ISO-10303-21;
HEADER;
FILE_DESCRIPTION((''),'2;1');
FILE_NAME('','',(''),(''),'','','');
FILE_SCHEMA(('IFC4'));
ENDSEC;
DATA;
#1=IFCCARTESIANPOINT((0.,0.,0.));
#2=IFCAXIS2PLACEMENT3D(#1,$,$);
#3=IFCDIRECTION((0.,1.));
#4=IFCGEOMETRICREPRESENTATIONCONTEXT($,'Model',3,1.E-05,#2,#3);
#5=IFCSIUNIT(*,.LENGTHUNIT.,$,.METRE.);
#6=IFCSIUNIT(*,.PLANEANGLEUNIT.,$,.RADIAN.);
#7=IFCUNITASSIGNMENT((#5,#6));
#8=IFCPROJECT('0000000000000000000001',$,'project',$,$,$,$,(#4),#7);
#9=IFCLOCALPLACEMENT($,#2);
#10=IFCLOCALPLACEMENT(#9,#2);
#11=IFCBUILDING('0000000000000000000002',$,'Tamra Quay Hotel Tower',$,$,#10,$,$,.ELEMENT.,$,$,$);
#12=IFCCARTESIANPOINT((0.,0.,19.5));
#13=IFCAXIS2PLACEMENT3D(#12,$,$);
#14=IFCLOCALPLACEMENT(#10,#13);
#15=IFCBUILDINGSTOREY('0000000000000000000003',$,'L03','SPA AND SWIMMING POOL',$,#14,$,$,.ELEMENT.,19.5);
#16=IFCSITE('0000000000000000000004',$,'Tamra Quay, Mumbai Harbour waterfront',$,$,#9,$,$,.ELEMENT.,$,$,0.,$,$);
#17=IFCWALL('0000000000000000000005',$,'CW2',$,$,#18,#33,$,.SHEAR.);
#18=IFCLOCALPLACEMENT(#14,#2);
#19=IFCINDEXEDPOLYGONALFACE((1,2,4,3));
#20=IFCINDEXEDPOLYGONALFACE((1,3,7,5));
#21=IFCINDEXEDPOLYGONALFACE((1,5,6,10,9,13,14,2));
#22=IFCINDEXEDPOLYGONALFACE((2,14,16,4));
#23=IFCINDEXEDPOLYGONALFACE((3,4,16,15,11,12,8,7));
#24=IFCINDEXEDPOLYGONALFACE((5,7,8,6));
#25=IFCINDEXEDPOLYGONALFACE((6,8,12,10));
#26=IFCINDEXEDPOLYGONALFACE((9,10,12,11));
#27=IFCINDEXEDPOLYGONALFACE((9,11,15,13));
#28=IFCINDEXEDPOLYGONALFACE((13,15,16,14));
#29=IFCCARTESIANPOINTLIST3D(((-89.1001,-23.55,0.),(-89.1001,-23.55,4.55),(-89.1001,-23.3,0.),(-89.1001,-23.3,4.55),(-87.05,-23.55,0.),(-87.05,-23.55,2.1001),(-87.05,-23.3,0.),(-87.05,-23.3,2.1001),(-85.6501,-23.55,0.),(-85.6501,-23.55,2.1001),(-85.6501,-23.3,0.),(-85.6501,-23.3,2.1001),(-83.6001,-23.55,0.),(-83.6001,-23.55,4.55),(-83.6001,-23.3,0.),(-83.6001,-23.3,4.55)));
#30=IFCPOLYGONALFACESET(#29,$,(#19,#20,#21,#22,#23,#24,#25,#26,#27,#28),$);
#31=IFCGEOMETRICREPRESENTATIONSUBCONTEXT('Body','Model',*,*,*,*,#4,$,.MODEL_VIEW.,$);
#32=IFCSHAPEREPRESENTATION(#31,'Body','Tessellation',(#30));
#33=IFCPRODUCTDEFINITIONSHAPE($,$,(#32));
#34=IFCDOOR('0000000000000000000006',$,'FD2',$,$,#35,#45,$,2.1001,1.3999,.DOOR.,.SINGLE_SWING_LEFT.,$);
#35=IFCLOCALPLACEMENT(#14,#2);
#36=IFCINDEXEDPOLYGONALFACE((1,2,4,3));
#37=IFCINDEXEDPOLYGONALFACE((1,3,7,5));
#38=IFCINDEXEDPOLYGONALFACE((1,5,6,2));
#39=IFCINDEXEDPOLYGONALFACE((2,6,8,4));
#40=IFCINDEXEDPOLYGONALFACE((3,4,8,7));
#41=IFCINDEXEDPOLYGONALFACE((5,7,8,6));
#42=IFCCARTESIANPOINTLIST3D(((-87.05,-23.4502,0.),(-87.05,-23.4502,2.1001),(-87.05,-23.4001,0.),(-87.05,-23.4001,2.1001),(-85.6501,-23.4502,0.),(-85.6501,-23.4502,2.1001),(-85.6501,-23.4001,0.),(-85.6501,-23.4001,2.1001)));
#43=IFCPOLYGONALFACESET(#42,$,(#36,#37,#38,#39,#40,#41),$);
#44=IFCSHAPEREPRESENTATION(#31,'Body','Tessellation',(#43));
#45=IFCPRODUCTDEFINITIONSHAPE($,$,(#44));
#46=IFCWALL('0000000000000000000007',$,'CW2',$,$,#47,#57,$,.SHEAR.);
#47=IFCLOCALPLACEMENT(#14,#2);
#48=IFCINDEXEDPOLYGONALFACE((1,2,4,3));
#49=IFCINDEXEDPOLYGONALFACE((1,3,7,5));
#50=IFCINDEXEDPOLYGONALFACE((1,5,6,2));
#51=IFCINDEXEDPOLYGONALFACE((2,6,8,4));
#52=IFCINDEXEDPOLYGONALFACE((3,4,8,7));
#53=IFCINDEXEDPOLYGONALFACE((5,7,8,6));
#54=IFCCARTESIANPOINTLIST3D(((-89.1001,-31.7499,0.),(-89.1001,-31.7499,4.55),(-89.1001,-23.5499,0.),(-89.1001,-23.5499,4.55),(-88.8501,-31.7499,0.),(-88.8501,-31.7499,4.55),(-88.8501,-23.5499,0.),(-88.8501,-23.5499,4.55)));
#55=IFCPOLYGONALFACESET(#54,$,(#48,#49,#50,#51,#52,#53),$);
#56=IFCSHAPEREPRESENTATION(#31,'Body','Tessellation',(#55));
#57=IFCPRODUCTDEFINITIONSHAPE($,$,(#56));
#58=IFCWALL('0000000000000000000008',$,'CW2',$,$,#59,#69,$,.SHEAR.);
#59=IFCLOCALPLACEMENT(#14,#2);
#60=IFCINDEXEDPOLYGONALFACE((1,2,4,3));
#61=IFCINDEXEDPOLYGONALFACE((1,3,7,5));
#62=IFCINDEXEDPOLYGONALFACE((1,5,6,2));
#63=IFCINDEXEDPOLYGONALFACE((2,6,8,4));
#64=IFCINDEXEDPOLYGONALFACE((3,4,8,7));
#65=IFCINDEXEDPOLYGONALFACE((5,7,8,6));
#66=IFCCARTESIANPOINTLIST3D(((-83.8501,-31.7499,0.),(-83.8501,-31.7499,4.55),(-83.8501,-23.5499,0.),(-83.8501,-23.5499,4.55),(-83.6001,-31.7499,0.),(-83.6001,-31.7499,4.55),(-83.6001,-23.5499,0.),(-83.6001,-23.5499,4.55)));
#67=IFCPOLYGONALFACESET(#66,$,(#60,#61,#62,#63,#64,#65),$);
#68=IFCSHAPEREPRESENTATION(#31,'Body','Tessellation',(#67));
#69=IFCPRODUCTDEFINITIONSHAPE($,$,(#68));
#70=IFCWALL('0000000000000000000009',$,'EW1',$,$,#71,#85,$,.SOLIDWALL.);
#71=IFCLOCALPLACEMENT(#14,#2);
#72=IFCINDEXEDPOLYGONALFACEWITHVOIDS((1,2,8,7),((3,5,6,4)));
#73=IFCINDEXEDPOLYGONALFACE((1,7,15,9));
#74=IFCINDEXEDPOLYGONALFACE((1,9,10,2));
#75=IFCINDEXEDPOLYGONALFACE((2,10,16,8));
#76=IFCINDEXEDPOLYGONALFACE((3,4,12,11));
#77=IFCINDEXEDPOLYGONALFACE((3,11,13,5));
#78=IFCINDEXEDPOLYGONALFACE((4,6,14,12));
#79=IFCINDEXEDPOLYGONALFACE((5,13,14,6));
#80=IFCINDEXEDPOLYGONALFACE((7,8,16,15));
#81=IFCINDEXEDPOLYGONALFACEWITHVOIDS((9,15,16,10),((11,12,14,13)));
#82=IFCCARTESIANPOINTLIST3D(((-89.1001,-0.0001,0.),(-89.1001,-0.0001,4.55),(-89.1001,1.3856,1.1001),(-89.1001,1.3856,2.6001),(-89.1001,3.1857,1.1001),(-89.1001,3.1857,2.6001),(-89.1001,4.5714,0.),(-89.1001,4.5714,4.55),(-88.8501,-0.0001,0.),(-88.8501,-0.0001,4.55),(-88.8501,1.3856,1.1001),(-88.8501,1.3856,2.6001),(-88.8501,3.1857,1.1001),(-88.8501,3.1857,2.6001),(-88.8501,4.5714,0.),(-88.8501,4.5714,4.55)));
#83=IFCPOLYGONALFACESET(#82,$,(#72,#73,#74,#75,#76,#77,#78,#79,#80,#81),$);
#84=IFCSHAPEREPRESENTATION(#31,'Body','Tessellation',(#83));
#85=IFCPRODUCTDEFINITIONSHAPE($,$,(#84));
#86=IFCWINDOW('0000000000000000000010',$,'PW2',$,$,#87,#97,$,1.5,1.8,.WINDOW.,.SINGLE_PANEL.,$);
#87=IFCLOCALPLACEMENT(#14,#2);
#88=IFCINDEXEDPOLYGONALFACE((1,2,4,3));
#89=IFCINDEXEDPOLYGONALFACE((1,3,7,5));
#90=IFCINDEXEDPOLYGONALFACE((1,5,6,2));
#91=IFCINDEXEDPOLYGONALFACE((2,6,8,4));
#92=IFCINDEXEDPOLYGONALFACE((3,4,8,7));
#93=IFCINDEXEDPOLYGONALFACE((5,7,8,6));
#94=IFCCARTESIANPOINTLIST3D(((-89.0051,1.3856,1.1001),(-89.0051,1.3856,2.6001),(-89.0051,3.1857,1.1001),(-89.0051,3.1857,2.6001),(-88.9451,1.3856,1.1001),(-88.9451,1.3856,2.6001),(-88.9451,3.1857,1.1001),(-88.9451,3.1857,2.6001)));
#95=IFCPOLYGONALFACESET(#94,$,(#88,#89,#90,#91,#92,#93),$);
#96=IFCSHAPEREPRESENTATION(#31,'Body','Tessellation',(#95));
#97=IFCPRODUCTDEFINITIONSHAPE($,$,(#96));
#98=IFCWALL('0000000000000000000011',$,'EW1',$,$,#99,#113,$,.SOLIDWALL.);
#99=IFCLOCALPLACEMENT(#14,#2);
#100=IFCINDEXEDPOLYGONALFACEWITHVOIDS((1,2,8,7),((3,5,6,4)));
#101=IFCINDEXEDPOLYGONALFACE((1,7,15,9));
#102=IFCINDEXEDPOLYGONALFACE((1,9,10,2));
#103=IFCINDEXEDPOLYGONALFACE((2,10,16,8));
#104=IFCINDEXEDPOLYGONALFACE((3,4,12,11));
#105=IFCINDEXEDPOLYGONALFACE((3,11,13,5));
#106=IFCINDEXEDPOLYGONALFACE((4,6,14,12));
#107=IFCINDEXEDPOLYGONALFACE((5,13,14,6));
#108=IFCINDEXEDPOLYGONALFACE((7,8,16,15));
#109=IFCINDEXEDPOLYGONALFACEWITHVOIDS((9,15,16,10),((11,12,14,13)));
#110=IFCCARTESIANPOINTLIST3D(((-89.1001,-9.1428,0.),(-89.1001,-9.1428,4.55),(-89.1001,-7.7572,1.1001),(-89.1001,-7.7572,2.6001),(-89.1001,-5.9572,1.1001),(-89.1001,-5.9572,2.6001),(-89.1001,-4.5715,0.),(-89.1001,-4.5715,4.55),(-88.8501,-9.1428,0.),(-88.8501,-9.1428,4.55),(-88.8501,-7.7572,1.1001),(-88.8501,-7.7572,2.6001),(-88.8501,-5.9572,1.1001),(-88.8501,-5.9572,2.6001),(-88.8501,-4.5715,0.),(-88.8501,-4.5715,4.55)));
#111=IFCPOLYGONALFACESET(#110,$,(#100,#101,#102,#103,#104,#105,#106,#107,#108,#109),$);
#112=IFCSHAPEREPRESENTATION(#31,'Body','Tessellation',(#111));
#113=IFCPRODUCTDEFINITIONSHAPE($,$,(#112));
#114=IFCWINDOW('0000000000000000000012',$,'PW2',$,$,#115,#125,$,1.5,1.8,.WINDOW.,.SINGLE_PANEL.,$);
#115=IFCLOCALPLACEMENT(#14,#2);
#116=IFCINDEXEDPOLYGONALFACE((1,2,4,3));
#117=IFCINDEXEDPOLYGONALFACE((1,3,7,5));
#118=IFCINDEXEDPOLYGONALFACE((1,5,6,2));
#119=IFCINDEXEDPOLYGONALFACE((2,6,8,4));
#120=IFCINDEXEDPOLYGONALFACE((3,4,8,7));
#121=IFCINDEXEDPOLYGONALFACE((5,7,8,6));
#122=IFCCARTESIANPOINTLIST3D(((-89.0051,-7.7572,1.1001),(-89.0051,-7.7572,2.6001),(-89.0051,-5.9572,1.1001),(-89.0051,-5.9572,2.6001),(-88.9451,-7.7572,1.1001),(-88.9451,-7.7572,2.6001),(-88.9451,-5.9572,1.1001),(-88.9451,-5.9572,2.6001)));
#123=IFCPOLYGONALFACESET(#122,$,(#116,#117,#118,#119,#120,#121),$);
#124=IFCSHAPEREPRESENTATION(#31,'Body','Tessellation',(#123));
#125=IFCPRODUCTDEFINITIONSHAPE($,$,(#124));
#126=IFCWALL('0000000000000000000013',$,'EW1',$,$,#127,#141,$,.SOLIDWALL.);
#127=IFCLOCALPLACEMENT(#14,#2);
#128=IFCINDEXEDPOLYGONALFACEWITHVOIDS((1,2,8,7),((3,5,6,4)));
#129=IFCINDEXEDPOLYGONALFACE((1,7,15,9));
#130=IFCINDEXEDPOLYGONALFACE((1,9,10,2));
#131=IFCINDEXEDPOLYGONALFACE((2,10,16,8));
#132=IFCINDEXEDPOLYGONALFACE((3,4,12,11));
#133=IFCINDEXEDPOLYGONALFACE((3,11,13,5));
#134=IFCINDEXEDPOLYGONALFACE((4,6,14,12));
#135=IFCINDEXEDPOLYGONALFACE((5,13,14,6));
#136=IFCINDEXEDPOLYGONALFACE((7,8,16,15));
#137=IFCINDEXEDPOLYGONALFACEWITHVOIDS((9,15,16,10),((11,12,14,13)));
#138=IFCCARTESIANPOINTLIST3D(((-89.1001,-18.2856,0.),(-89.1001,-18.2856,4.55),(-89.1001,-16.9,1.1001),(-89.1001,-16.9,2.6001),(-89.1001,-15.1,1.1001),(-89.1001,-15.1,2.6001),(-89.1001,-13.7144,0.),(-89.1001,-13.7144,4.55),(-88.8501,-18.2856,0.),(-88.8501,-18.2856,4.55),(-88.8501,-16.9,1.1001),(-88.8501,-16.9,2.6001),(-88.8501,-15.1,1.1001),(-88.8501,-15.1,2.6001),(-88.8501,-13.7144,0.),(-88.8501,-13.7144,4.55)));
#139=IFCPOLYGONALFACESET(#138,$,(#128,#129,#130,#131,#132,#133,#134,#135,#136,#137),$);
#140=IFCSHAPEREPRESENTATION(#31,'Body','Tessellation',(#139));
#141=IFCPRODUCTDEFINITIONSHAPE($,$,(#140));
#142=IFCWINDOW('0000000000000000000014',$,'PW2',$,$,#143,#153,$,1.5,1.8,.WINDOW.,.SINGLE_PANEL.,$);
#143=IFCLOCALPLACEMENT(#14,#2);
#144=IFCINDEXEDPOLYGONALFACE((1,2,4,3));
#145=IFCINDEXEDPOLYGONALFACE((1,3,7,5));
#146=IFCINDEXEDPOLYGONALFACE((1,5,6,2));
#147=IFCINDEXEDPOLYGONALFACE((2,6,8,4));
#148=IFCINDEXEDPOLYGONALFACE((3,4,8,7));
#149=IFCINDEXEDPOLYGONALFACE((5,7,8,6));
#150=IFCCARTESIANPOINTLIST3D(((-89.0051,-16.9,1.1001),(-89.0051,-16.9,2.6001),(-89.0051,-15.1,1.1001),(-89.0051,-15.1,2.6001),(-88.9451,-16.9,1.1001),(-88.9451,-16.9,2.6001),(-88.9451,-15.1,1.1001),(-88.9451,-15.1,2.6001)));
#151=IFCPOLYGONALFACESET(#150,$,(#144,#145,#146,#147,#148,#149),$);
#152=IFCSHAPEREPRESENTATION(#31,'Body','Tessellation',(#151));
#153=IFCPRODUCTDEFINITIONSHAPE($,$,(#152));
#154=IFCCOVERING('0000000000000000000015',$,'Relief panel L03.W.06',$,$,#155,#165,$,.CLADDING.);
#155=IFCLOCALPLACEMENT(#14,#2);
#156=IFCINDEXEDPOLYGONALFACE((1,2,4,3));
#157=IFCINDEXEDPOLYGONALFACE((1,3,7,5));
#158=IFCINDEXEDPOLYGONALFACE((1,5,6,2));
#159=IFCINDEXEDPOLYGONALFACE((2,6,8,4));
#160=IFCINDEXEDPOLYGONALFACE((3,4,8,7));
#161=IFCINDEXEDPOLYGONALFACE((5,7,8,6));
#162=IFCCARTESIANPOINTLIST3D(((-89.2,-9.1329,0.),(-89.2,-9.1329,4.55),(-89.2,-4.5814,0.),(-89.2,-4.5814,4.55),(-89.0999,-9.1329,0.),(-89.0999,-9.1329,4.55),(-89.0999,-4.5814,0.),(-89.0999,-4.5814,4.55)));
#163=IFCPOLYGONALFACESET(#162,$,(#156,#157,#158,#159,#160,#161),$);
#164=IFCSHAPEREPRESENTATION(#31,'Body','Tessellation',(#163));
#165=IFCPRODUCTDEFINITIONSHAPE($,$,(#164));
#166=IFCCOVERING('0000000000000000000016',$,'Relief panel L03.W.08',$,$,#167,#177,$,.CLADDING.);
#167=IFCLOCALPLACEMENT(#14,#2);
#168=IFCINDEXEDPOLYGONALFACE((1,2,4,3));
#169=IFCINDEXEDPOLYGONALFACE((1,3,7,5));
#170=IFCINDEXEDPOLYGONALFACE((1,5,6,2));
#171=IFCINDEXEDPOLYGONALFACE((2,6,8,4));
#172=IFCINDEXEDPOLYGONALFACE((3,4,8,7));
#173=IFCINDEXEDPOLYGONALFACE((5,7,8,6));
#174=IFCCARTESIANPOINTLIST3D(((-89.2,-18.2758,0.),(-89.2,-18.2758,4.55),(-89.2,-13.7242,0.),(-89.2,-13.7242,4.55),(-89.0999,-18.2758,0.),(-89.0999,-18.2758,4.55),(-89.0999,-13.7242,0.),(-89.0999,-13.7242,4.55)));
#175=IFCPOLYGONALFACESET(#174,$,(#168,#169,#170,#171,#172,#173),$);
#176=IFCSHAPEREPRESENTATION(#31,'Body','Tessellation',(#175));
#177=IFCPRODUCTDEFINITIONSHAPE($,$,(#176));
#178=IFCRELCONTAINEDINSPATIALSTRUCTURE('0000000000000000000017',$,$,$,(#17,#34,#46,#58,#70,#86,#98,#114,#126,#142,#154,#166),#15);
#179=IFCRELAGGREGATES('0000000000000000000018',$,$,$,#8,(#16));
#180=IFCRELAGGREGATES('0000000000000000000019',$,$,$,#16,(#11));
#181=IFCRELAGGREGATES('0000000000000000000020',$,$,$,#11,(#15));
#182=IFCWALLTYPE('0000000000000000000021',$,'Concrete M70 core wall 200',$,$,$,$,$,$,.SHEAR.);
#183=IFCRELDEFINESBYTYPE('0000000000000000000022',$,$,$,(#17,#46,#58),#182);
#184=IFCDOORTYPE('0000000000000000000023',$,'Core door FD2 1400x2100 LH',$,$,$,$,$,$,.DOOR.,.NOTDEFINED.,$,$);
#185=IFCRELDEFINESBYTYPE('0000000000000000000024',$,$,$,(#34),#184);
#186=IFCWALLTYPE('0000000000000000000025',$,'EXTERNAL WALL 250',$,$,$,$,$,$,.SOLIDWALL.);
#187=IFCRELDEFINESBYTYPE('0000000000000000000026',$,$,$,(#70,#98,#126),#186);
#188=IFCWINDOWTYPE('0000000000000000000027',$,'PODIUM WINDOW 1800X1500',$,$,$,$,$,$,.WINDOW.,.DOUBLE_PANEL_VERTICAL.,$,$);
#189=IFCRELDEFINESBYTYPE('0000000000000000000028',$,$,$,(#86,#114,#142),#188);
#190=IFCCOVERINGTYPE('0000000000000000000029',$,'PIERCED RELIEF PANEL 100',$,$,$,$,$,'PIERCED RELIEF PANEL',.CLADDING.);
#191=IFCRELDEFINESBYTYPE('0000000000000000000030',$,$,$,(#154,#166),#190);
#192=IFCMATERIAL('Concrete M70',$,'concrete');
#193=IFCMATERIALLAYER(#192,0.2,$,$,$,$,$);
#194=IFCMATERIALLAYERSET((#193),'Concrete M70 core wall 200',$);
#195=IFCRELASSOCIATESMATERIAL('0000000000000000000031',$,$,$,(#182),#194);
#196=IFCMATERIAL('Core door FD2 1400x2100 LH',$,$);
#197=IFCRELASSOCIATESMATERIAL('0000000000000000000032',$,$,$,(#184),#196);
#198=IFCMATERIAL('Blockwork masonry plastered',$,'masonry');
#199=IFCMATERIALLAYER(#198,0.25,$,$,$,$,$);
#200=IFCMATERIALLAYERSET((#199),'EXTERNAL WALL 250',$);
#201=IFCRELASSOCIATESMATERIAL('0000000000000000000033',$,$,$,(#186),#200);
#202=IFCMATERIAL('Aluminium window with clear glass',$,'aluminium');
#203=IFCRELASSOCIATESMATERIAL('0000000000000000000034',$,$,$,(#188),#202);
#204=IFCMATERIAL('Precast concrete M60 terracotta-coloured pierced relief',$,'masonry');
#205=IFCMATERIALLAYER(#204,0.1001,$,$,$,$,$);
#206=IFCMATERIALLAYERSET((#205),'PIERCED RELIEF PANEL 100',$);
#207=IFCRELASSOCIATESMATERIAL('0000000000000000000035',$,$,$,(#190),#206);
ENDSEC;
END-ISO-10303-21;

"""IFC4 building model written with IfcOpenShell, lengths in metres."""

from ifc_helpers import new_model, si_unit, direction, frame, frame_2d, origin, origin_2d, place, context, subcontext, project, spatial, rectangle, extrude, material, layer, layer_set, type_object, element, fill, save


model = new_model("IFC4")

# Units and contexts
model_context = context("Model", 3, precision=1e-05, world=origin(), true_north=direction((0.0, 1.0)))
body_context = subcontext(model_context, "Body", "Model", "MODEL_VIEW")
ifc_project = project(units=[si_unit("LENGTHUNIT", "METRE"), si_unit("PLANEANGLEUNIT", "RADIAN")], contexts=[model_context])

# Site, building, storey
site_placement = place(None, origin())
site = spatial("IfcSite", under=ifc_project, at=site_placement, Name="Tamra Quay, Mumbai Harbour waterfront", CompositionType="ELEMENT", RefElevation=0.0)
building_placement = place(site_placement, origin())
building = spatial("IfcBuilding", under=site, at=building_placement, Name="Tamra Quay Hotel Tower", CompositionType="ELEMENT")
storey_placement = place(building_placement, frame((0.0, 0.0, 19.5)))
storey = spatial("IfcBuildingStorey", under=building, at=storey_placement, Name="L03", Description="SPA AND SWIMMING POOL", CompositionType="ELEMENT", Elevation=19.5)

# Shared definitions
ifc_material_1 = material(Name="Concrete M70", Category="concrete")
ifc_layer_1 = layer(ifc_material_1, 0.2)
ifc_layer_set_1 = layer_set([ifc_layer_1], Name="Concrete M70 core wall 200")
wall_type_1 = type_object("IfcWallType", Name="Concrete M70 core wall 200", PredefinedType="SHEAR", material=ifc_layer_set_1)

# Wall, opening, door
wall_1_placement = place(storey_placement, frame((-89.1001, -23.425, 0.0), z_axis=(0.0, 0.0, 1.0), x_axis=(1.0, 0.0, 0.0)))
wall_1 = element("IfcWall", 1, at=wall_1_placement, inside=storey, type_object=wall_type_1, Name="CW2", PredefinedType="SHEAR", context=body_context, shape_type="SweptSolid", body=[
    extrude(rectangle(XDim=5.5, YDim=0.25, at=frame_2d((2.75, 0.0))), origin(), (0.0, 0.0, 1.0), 4.55),
])
opening_1_placement = place(wall_1_placement, frame((2.05, 0.0, 0.0)))
opening_1 = element("IfcOpeningElement", 2, at=opening_1_placement, cuts=wall_1, PredefinedType="OPENING", context=body_context, shape_type="SweptSolid", body=[
    extrude(rectangle(XDim=1.3999, YDim=2.1001, at=frame_2d((0.7, 1.05))), frame((0.0, 0.135, 0.0), z_axis=(0.0, -1.0, 0.0), x_axis=(1.0, 0.0, 0.0)), (0.0, 0.0, 1.0), 0.27),
])
ifc_material_2 = material(Name="Core door FD2 1400x2100 LH")
door_type = type_object("IfcDoorType", Name="Core door FD2 1400x2100 LH", OperationType="NOTDEFINED", PredefinedType="DOOR", material=ifc_material_2)
door_placement = place(opening_1_placement, origin())
door = element("IfcDoor", 3, at=door_placement, inside=storey, type_object=door_type, Name="FD2", OperationType="SINGLE_SWING_LEFT", OverallHeight=2.1001, OverallWidth=1.3999, PredefinedType="DOOR", context=body_context, shape_type="SweptSolid", body=[
    extrude(rectangle(XDim=1.3999, YDim=2.1001, at=frame_2d((0.7, 1.05))), frame((0.0, 0.0249, 0.0), z_axis=(0.0, -1.0, 0.0), x_axis=(1.0, 0.0, 0.0)), (0.0, 0.0, 1.0), 0.05),
])
fill(opening_1, door)

# Walls
for number, where, z_axis, x_axis, name in (
    (4, (-88.9751, -31.75, 0.0), (0.0, 0.0, 1.0), (0.0, 1.0, 0.0), "CW2"),
    (5, (-83.7251, -31.75, 0.0), (0.0, 0.0, 1.0), (0.0, 1.0, 0.0), "CW2"),
):
    element("IfcWall", number, at=place(storey_placement, frame(where, z_axis=z_axis, x_axis=x_axis)), inside=storey, type_object=wall_type_1, Name=name, PredefinedType="SHEAR", context=body_context, shape_type="SweptSolid", body=[
        extrude(rectangle(XDim=8.2, YDim=0.25, at=frame_2d((4.1001, 0.0))), origin(), (0.0, 0.0, 1.0), 4.55),
    ])

# Walls, openings, windows
ifc_material_3 = material(Name="Blockwork masonry plastered", Category="masonry")
ifc_layer_2 = layer(ifc_material_3, 0.25)
ifc_layer_set_2 = layer_set([ifc_layer_2], Name="EXTERNAL WALL 250")
wall_type_2 = type_object("IfcWallType", Name="EXTERNAL WALL 250", PredefinedType="SOLIDWALL", material=ifc_layer_set_2)
wall_2_placement = place(storey_placement, frame((-88.9751, 0.0, 0.0), z_axis=(0.0, 0.0, 1.0), x_axis=(0.0, 1.0, 0.0)))
wall_2 = element("IfcWall", 6, at=wall_2_placement, inside=storey, type_object=wall_type_2, Name="EW1", PredefinedType="SOLIDWALL", context=body_context, shape_type="SweptSolid", body=[
    extrude(rectangle(XDim=4.5715, YDim=0.25, at=frame_2d((2.2856, 0.0))), origin(), (0.0, 0.0, 1.0), 4.55),
])
opening_2_placement = place(wall_2_placement, frame((1.3857, 0.0, 1.1001)))
opening_2 = element("IfcOpeningElement", 7, at=opening_2_placement, cuts=wall_2, PredefinedType="OPENING", context=body_context, shape_type="SweptSolid", body=[
    extrude(rectangle(XDim=1.8, YDim=1.5, at=frame_2d((0.8999, 0.75))), frame((0.0, 0.135, 0.0), z_axis=(0.0, -1.0, 0.0), x_axis=(1.0, 0.0, 0.0)), (0.0, 0.0, 1.0), 0.27),
])
ifc_material_4 = material(Name="Aluminium window with clear glass", Category="aluminium")
window_type = type_object("IfcWindowType", Name="PODIUM WINDOW 1800X1500", PartitioningType="DOUBLE_PANEL_VERTICAL", PredefinedType="WINDOW", material=ifc_material_4)
window_1_placement = place(opening_2_placement, origin())
window_1 = element("IfcWindow", 8, at=window_1_placement, inside=storey, type_object=window_type, Name="PW2", OverallHeight=1.5, OverallWidth=1.8, PartitioningType="SINGLE_PANEL", PredefinedType="WINDOW", context=body_context, shape_type="SweptSolid", body=[
    extrude(rectangle(XDim=1.8, YDim=1.5, at=frame_2d((0.8999, 0.75))), frame((0.0, 0.03, 0.0), z_axis=(0.0, -1.0, 0.0), x_axis=(1.0, 0.0, 0.0)), (0.0, 0.0, 1.0), 0.0601),
])
fill(opening_2, window_1)
wall_3_placement = place(storey_placement, frame((-88.9751, -9.1428, 0.0), z_axis=(0.0, 0.0, 1.0), x_axis=(0.0, 1.0, 0.0)))
wall_3 = element("IfcWall", 9, at=wall_3_placement, inside=storey, type_object=wall_type_2, Name="EW1", PredefinedType="SOLIDWALL", context=body_context, shape_type="SweptSolid", body=[
    extrude(rectangle(XDim=4.5713, YDim=0.25, at=frame_2d((2.2856, 0.0))), origin(), (0.0, 0.0, 1.0), 4.55),
])
opening_3_placement = place(wall_3_placement, frame((1.3857, 0.0, 1.1001)))
opening_3 = element("IfcOpeningElement", 10, at=opening_3_placement, cuts=wall_3, PredefinedType="OPENING", context=body_context, shape_type="SweptSolid", body=[
    extrude(rectangle(XDim=1.8, YDim=1.5, at=frame_2d((0.8999, 0.75))), frame((0.0, 0.135, 0.0), z_axis=(0.0, -1.0, 0.0), x_axis=(1.0, 0.0, 0.0)), (0.0, 0.0, 1.0), 0.27),
])
window_2_placement = place(opening_3_placement, origin())
window_2 = element("IfcWindow", 11, at=window_2_placement, inside=storey, type_object=window_type, Name="PW2", OverallHeight=1.5, OverallWidth=1.8, PartitioningType="SINGLE_PANEL", PredefinedType="WINDOW", context=body_context, shape_type="SweptSolid", body=[
    extrude(rectangle(XDim=1.8, YDim=1.5, at=frame_2d((0.8999, 0.75))), frame((0.0, 0.03, 0.0), z_axis=(0.0, -1.0, 0.0), x_axis=(1.0, 0.0, 0.0)), (0.0, 0.0, 1.0), 0.0601),
])
fill(opening_3, window_2)
wall_4_placement = place(storey_placement, frame((-88.9751, -18.2856, 0.0), z_axis=(0.0, 0.0, 1.0), x_axis=(0.0, 1.0, 0.0)))
wall_4 = element("IfcWall", 12, at=wall_4_placement, inside=storey, type_object=wall_type_2, Name="EW1", PredefinedType="SOLIDWALL", context=body_context, shape_type="SweptSolid", body=[
    extrude(rectangle(XDim=4.5713, YDim=0.25, at=frame_2d((2.2856, 0.0))), origin(), (0.0, 0.0, 1.0), 4.55),
])
opening_4_placement = place(wall_4_placement, frame((1.3857, 0.0, 1.1001)))
opening_4 = element("IfcOpeningElement", 13, at=opening_4_placement, cuts=wall_4, PredefinedType="OPENING", context=body_context, shape_type="SweptSolid", body=[
    extrude(rectangle(XDim=1.8, YDim=1.5, at=frame_2d((0.8999, 0.75))), frame((0.0, 0.135, 0.0), z_axis=(0.0, -1.0, 0.0), x_axis=(1.0, 0.0, 0.0)), (0.0, 0.0, 1.0), 0.27),
])
window_3_placement = place(opening_4_placement, origin())
window_3 = element("IfcWindow", 14, at=window_3_placement, inside=storey, type_object=window_type, Name="PW2", OverallHeight=1.5, OverallWidth=1.8, PartitioningType="SINGLE_PANEL", PredefinedType="WINDOW", context=body_context, shape_type="SweptSolid", body=[
    extrude(rectangle(XDim=1.8, YDim=1.5, at=frame_2d((0.8999, 0.75))), frame((0.0, 0.03, 0.0), z_axis=(0.0, -1.0, 0.0), x_axis=(1.0, 0.0, 0.0)), (0.0, 0.0, 1.0), 0.0601),
])
fill(opening_4, window_3)

# Coverings
ifc_material_5 = material(Name="Precast concrete M60 terracotta-coloured pierced relief", Category="masonry")
ifc_layer_3 = layer(ifc_material_5, 0.1001)
ifc_layer_set_3 = layer_set([ifc_layer_3], Name="PIERCED RELIEF PANEL 100")
covering_type_1 = type_object("IfcCoveringType", Name="PIERCED RELIEF PANEL 100", ElementType="PIERCED RELIEF PANEL", PredefinedType="CLADDING", material=ifc_layer_set_3)
for number, where, z_axis, x_axis, name in (
    (15, (-89.1499, -6.8572, 0.0), (0.0, 0.0, 1.0), (0.0, -1.0, 0.0), "Relief panel L03.W.06"),
    (16, (-89.1499, -16.0, 0.0), (0.0, 0.0, 1.0), (0.0, -1.0, 0.0), "Relief panel L03.W.08"),
):
    element("IfcCovering", number, at=place(storey_placement, frame(where, z_axis=z_axis, x_axis=x_axis)), inside=storey, type_object=covering_type_1, Name=name, PredefinedType="CLADDING", context=body_context, shape_type="SweptSolid", body=[
        extrude(rectangle(XDim=4.5515, YDim=0.1001, at=origin_2d()), origin(), (0.0, 0.0, 1.0), 4.55),
    ])

save(model, "model.ifc")
